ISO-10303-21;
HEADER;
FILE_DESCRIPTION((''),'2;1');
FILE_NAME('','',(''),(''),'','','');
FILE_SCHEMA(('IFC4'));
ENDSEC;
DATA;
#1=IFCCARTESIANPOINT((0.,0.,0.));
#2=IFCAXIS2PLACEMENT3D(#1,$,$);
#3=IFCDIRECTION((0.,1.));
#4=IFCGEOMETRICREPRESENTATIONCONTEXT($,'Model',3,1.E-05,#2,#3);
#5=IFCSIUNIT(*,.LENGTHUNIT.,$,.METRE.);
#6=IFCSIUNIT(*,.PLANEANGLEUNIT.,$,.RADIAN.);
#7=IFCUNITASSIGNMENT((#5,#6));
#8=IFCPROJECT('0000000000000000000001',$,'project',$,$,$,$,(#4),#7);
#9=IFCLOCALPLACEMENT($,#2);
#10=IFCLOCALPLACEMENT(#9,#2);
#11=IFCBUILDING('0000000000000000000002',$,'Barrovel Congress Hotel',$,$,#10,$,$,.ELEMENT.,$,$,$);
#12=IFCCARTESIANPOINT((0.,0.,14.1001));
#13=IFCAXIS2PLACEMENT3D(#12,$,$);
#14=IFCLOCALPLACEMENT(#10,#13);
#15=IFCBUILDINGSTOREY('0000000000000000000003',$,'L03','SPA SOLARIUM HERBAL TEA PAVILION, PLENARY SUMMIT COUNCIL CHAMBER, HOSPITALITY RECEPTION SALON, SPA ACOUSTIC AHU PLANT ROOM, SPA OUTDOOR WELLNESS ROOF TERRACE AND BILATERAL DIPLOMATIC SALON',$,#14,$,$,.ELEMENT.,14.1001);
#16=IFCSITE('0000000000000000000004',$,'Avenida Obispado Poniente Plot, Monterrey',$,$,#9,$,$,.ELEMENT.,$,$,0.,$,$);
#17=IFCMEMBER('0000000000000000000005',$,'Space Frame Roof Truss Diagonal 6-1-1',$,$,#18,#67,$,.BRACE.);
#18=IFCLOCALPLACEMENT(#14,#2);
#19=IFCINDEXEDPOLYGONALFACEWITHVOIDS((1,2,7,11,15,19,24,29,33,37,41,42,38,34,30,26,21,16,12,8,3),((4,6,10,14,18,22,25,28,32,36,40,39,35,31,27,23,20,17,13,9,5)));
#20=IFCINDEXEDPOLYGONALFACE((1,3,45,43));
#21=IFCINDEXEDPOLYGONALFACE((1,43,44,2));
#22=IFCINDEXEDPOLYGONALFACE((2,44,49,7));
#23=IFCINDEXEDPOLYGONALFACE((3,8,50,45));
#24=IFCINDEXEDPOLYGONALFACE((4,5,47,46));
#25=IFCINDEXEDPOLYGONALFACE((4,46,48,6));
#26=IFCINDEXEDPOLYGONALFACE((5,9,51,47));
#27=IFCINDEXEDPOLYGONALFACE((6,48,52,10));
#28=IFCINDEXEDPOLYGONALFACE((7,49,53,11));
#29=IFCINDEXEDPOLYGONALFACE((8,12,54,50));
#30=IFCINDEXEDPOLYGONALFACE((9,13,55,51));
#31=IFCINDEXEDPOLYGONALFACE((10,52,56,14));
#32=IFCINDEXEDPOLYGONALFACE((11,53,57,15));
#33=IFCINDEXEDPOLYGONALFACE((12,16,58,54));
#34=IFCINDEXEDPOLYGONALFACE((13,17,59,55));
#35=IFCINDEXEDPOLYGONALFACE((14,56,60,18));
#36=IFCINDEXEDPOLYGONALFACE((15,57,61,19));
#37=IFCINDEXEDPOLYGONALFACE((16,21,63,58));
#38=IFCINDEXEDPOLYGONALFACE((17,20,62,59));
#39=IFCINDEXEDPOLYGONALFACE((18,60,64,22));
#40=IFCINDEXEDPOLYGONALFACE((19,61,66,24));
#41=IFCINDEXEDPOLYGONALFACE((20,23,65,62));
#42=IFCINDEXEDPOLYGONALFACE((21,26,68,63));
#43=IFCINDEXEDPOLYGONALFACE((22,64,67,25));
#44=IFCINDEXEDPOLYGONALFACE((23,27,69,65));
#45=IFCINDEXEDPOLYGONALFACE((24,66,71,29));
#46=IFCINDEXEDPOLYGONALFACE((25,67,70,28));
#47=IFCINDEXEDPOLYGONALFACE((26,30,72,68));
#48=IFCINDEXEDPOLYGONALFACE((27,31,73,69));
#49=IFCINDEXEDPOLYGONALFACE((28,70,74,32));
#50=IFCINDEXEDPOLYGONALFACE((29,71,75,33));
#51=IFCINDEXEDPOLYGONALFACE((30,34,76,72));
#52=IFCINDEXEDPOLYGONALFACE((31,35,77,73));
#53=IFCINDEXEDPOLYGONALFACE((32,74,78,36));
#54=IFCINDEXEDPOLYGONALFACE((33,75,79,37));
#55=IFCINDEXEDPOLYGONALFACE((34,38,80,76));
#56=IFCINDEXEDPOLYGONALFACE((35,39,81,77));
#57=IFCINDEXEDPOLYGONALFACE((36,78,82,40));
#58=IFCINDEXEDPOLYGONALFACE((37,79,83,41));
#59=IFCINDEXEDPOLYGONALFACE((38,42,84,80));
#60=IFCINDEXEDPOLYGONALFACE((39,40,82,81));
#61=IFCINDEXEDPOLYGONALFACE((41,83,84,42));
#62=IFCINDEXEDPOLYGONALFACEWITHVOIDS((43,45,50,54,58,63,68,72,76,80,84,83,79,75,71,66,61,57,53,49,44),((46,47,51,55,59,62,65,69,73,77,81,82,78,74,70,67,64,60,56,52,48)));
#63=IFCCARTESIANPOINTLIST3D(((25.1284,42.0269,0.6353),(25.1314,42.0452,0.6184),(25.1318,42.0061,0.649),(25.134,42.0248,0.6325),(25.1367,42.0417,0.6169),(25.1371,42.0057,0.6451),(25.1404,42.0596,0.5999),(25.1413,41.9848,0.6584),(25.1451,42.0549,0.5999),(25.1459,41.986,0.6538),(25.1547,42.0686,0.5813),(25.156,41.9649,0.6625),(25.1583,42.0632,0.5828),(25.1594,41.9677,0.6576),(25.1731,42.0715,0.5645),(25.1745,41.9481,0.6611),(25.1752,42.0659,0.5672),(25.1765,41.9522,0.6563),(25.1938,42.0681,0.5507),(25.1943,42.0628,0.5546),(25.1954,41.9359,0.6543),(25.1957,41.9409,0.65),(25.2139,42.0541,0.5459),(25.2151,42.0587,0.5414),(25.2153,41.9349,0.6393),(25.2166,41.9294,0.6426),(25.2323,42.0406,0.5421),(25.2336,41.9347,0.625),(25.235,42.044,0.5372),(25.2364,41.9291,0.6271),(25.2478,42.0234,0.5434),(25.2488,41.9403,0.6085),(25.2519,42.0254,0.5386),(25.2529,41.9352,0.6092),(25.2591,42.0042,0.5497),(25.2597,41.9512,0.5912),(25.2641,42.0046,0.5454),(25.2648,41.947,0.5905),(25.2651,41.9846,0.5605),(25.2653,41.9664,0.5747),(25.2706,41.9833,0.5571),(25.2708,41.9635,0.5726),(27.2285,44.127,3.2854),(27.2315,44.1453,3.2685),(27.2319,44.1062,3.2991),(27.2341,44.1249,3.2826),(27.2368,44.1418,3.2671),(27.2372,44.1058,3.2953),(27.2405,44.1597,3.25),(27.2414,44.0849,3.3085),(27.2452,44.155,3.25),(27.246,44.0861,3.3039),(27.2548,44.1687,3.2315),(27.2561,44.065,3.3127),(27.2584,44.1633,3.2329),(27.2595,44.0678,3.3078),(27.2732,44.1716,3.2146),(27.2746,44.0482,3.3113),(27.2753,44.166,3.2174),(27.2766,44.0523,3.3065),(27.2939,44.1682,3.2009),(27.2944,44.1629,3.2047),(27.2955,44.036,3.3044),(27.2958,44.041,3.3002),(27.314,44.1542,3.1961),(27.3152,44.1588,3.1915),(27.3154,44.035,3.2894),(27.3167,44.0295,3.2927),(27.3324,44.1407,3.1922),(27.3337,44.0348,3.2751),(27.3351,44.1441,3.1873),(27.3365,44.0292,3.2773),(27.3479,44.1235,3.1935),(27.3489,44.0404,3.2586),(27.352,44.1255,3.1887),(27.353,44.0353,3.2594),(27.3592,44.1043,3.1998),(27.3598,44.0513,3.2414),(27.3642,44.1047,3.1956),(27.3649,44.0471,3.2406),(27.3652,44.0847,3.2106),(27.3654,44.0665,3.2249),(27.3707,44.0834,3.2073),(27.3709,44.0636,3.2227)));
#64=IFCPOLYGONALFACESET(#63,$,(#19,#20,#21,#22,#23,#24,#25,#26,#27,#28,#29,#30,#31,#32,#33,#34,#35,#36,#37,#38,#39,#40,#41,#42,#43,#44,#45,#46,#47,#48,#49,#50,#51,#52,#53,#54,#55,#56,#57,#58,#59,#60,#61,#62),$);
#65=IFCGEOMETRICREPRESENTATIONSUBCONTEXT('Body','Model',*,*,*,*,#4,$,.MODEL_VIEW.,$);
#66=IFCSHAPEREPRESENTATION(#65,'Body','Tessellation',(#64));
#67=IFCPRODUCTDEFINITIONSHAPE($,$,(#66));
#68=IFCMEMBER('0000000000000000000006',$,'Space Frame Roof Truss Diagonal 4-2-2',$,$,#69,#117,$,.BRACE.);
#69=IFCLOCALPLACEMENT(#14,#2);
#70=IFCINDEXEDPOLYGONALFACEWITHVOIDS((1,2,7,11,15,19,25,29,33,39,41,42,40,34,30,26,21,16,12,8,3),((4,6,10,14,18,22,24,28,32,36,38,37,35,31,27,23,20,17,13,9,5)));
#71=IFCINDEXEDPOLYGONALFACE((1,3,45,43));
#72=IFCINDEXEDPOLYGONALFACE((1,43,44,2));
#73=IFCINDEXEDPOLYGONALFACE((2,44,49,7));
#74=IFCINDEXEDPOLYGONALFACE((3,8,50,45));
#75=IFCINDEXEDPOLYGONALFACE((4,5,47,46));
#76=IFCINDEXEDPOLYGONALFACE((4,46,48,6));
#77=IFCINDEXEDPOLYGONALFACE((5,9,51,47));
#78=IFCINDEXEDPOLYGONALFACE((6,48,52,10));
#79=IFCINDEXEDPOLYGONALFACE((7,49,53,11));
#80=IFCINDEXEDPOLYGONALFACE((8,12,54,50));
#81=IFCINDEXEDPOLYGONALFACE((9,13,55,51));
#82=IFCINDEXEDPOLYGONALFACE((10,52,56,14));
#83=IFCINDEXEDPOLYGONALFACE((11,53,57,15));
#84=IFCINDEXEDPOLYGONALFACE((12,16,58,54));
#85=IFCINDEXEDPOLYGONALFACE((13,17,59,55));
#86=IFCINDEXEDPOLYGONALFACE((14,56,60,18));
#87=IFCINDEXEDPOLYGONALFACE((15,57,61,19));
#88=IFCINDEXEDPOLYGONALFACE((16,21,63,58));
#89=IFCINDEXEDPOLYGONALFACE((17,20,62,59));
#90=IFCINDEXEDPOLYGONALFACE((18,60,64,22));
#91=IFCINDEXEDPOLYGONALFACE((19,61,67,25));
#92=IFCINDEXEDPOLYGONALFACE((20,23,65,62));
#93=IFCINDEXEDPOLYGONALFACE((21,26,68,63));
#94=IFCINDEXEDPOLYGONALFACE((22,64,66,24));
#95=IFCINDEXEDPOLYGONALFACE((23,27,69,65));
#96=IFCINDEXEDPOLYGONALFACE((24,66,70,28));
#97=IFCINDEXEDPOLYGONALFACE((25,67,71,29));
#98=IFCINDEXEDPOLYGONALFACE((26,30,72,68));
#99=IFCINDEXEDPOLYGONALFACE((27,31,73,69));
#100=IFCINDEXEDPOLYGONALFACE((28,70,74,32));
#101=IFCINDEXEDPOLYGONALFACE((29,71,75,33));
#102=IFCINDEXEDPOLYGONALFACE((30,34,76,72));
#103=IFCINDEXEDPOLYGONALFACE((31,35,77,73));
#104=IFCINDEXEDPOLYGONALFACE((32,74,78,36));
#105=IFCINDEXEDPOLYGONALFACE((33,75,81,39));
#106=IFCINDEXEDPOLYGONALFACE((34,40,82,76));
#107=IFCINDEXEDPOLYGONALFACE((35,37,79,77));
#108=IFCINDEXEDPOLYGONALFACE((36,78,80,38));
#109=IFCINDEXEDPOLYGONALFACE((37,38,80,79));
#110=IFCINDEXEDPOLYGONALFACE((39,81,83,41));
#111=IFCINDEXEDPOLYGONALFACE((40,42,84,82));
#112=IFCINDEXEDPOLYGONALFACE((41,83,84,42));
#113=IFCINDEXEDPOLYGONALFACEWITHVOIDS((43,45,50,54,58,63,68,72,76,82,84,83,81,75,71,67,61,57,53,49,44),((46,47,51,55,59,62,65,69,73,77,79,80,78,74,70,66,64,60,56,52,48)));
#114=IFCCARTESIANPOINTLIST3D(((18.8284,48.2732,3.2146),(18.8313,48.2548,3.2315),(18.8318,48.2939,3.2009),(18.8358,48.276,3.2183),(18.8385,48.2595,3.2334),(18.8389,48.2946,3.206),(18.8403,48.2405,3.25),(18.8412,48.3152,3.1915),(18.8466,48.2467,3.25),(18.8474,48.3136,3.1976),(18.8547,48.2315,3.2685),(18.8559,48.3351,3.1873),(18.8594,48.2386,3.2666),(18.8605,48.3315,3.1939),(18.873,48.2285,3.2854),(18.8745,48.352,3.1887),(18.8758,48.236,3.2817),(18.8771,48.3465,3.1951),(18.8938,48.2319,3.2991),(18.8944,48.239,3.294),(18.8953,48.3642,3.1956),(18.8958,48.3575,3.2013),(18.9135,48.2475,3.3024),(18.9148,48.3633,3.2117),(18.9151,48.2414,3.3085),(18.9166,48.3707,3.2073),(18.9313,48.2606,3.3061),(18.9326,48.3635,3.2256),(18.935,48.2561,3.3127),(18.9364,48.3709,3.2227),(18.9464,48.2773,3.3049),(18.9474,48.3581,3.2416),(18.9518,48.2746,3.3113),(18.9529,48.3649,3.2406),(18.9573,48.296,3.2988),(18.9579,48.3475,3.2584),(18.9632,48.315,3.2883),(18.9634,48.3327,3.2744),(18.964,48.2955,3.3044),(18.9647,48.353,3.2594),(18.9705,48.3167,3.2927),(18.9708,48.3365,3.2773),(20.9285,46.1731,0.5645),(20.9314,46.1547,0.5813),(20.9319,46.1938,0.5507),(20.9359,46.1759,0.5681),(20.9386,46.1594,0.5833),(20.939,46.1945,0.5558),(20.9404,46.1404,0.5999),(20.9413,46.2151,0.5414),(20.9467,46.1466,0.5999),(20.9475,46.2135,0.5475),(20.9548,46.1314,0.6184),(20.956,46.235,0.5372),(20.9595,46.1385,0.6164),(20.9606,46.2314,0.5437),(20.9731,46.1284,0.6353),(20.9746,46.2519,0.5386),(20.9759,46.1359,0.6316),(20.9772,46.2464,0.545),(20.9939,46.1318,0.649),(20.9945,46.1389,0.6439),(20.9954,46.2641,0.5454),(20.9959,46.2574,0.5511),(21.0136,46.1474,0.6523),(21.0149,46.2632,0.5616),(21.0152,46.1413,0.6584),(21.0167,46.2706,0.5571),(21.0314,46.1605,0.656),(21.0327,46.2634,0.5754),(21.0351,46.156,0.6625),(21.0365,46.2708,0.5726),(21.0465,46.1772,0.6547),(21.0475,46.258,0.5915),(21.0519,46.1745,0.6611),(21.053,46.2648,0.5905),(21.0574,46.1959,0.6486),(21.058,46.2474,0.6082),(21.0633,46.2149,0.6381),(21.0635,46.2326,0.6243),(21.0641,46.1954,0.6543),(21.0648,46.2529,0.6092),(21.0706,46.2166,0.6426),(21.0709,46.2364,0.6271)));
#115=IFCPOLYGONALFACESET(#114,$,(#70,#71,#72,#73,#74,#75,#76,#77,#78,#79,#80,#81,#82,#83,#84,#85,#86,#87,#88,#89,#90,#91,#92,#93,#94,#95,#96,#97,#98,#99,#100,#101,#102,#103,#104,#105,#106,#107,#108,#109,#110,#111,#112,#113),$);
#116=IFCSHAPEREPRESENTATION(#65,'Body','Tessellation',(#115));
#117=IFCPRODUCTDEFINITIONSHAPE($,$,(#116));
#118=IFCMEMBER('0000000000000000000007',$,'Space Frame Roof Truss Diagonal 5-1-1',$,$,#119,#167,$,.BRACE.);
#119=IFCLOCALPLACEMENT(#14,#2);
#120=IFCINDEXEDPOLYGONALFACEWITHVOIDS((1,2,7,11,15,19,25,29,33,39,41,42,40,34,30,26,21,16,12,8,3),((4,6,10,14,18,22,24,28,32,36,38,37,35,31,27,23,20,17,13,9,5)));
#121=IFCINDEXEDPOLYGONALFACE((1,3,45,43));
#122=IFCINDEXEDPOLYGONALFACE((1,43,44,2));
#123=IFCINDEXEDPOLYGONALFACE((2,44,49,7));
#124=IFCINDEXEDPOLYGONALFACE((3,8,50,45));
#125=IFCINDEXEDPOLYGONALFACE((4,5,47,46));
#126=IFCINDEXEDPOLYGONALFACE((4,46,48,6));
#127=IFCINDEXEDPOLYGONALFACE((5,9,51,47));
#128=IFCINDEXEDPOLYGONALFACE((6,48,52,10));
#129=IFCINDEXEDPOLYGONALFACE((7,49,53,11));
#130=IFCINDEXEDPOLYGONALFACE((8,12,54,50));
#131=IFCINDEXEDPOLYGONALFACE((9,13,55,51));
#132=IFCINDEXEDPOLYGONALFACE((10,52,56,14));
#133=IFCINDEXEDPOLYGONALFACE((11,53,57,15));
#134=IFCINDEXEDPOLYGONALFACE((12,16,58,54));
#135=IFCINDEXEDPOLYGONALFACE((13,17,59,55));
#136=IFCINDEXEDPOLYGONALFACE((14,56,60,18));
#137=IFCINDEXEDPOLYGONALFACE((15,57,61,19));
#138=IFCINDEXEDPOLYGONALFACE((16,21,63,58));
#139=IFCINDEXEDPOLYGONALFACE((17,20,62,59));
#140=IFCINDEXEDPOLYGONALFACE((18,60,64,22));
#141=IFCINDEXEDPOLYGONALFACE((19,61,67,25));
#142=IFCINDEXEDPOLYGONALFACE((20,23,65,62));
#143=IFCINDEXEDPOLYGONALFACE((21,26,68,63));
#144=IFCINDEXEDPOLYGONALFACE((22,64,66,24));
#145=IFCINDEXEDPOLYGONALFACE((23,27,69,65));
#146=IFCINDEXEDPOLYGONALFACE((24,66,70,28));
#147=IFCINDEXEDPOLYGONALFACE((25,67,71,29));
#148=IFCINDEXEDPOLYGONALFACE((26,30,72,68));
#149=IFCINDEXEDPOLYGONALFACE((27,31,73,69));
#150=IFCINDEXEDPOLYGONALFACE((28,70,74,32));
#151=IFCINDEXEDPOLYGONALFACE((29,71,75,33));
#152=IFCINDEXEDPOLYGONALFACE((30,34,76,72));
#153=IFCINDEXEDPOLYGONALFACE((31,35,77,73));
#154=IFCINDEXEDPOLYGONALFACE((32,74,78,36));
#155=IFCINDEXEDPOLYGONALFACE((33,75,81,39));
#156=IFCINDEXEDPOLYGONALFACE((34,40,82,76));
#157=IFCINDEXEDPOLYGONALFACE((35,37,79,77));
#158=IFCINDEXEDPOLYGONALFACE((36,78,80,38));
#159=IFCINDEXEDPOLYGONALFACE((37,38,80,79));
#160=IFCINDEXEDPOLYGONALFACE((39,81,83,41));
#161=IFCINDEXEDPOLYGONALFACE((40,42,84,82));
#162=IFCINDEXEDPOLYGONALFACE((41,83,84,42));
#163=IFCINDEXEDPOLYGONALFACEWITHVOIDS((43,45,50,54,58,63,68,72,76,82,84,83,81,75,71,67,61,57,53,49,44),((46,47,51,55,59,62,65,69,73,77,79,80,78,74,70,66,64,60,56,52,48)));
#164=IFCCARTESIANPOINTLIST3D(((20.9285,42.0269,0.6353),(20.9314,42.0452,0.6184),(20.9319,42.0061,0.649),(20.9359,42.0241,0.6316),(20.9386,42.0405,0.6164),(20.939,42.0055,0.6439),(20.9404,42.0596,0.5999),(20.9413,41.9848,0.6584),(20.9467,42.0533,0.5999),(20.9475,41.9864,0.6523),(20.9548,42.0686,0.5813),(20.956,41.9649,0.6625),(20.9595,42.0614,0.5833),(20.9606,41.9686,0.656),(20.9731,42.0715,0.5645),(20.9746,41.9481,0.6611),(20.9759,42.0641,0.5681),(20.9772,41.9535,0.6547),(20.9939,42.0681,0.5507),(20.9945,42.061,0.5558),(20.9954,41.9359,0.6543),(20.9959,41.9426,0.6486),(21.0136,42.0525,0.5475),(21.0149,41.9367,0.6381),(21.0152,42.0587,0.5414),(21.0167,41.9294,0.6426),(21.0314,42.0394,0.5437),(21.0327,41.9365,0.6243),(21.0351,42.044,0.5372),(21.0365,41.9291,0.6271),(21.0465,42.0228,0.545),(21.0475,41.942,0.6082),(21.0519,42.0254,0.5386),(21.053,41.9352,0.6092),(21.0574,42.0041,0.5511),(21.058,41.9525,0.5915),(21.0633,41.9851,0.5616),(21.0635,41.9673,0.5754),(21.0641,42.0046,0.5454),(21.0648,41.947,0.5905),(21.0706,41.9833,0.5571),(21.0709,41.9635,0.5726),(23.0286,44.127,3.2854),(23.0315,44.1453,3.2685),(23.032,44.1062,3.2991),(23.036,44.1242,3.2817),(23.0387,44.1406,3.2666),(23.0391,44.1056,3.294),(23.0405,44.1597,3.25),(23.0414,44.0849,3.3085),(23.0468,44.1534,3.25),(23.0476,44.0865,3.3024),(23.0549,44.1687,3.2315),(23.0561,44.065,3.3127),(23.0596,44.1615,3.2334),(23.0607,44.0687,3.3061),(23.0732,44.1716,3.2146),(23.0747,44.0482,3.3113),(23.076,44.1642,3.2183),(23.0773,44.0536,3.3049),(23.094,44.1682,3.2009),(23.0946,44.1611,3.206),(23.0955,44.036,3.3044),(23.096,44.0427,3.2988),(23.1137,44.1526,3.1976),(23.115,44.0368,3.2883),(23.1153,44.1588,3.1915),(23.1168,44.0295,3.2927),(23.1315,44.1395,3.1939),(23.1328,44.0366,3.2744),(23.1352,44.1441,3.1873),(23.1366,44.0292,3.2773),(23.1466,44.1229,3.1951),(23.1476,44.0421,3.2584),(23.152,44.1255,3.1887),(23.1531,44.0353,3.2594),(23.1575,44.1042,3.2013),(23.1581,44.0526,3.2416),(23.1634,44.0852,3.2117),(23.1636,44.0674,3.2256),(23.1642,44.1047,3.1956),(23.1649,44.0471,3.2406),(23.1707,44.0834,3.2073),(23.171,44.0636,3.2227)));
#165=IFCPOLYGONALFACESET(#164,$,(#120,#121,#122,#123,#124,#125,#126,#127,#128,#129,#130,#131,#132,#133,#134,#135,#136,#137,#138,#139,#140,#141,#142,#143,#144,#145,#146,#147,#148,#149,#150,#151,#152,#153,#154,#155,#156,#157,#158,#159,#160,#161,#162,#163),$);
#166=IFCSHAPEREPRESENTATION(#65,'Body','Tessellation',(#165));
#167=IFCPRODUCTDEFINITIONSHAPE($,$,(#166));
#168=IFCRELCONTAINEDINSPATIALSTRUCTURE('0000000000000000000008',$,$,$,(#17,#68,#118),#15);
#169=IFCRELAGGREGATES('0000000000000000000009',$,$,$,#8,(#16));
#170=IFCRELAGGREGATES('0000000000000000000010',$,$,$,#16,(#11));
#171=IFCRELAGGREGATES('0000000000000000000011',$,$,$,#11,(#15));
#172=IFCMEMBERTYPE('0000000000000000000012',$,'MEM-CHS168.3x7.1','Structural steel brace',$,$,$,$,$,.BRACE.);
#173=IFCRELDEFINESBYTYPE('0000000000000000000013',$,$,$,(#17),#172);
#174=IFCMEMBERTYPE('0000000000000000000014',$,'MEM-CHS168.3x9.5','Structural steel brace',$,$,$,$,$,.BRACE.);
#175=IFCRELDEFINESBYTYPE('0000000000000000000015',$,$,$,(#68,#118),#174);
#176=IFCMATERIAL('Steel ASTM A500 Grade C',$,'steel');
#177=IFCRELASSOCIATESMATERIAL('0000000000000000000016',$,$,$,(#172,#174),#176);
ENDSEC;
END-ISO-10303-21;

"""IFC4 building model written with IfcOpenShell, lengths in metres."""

from ifc_helpers import new_model, si_unit, direction, frame, origin, origin_2d, place, context, subcontext, project, spatial, hollow_circle, extrude, material, material_profile, profile_set, type_object, element, save


model = new_model("IFC4")

# Units and contexts
model_context = context("Model", 3, precision=1e-05, world=origin(), true_north=direction((0.0, 1.0)))
body_context = subcontext(model_context, "Body", "Model", "MODEL_VIEW")
ifc_project = project(units=[si_unit("LENGTHUNIT", "METRE"), si_unit("PLANEANGLEUNIT", "RADIAN")], contexts=[model_context])

# Site, building, storey
site_placement = place(None, origin())
site = spatial("IfcSite", under=ifc_project, at=site_placement, Name="Avenida Obispado Poniente Plot, Monterrey", CompositionType="ELEMENT", RefElevation=0.0)
building_placement = place(site_placement, origin())
building = spatial("IfcBuilding", under=site, at=building_placement, Name="Barrovel Congress Hotel", CompositionType="ELEMENT")
storey_placement = place(building_placement, frame((0.0, 0.0, 14.1001)))
storey = spatial("IfcBuildingStorey", under=building, at=storey_placement, Name="L03", Description="SPA SOLARIUM HERBAL TEA PAVILION, PLENARY SUMMIT COUNCIL CHAMBER, HOSPITALITY RECEPTION SALON, SPA ACOUSTIC AHU PLANT ROOM, SPA OUTDOOR WELLNESS ROOF TERRACE AND BILATERAL DIPLOMATIC SALON", CompositionType="ELEMENT", Elevation=14.1001)

# Members
ifc_material_1 = material(Name="Steel ASTM A500 Grade C", Category="steel")
ifc_material_profile_1 = material_profile(ifc_material_1, hollow_circle(Radius=0.0842, WallThickness=0.0066, at=origin_2d()), Name="CHS168.3x7.1")
ifc_profile_set_1 = profile_set([ifc_material_profile_1], Name="Steel ASTM A500 Grade C")
member_type_1 = type_object("IfcMemberType", Name="MEM-CHS168.3x7.1", Description="Structural steel brace", PredefinedType="BRACE", material=ifc_profile_set_1)
for number, where, z_axis, x_axis, name in (
    (1, (25.2, 42.0, 0.5999), (0.527601, 0.527601, 0.665788), (-0.707107, 0.707107, 0.0), "Space Frame Roof Truss Diagonal 6-1-1"),
):
    element("IfcMember", number, at=place(storey_placement, frame(where, z_axis=z_axis, x_axis=x_axis)), inside=storey, type_object=member_type_1, Name=name, PredefinedType="BRACE", context=body_context, shape_type="SweptSolid", body=[
        extrude(hollow_circle(Radius=0.0842, WallThickness=0.0066, at=origin_2d()), origin(), (0.0, 0.0, 1.0), 3.9805),
    ])
ifc_material_profile_2 = material_profile(ifc_material_1, hollow_circle(Radius=0.0842, WallThickness=0.0088, at=origin_2d()), Name="CHS168.3x9.5")
ifc_profile_set_2 = profile_set([ifc_material_profile_2], Name="Steel ASTM A500 Grade C")
member_type_2 = type_object("IfcMemberType", Name="MEM-CHS168.3x9.5", Description="Structural steel brace", PredefinedType="BRACE", material=ifc_profile_set_2)
for number, where, z_axis, x_axis, name in (
    (2, (21.0, 46.2, 0.5999), (-0.527601, 0.527601, 0.665788), (-0.707107, -0.707107, 0.0), "Space Frame Roof Truss Diagonal 4-2-2"),
    (3, (21.0, 42.0, 0.5999), (0.527601, 0.527601, 0.665788), (-0.707107, 0.707107, 0.0), "Space Frame Roof Truss Diagonal 5-1-1"),
):
    element("IfcMember", number, at=place(storey_placement, frame(where, z_axis=z_axis, x_axis=x_axis)), inside=storey, type_object=member_type_2, Name=name, PredefinedType="BRACE", context=body_context, shape_type="SweptSolid", body=[
        extrude(hollow_circle(Radius=0.0842, WallThickness=0.0088, at=origin_2d()), origin(), (0.0, 0.0, 1.0), 3.9805),
    ])

save(model, "model.ifc")
